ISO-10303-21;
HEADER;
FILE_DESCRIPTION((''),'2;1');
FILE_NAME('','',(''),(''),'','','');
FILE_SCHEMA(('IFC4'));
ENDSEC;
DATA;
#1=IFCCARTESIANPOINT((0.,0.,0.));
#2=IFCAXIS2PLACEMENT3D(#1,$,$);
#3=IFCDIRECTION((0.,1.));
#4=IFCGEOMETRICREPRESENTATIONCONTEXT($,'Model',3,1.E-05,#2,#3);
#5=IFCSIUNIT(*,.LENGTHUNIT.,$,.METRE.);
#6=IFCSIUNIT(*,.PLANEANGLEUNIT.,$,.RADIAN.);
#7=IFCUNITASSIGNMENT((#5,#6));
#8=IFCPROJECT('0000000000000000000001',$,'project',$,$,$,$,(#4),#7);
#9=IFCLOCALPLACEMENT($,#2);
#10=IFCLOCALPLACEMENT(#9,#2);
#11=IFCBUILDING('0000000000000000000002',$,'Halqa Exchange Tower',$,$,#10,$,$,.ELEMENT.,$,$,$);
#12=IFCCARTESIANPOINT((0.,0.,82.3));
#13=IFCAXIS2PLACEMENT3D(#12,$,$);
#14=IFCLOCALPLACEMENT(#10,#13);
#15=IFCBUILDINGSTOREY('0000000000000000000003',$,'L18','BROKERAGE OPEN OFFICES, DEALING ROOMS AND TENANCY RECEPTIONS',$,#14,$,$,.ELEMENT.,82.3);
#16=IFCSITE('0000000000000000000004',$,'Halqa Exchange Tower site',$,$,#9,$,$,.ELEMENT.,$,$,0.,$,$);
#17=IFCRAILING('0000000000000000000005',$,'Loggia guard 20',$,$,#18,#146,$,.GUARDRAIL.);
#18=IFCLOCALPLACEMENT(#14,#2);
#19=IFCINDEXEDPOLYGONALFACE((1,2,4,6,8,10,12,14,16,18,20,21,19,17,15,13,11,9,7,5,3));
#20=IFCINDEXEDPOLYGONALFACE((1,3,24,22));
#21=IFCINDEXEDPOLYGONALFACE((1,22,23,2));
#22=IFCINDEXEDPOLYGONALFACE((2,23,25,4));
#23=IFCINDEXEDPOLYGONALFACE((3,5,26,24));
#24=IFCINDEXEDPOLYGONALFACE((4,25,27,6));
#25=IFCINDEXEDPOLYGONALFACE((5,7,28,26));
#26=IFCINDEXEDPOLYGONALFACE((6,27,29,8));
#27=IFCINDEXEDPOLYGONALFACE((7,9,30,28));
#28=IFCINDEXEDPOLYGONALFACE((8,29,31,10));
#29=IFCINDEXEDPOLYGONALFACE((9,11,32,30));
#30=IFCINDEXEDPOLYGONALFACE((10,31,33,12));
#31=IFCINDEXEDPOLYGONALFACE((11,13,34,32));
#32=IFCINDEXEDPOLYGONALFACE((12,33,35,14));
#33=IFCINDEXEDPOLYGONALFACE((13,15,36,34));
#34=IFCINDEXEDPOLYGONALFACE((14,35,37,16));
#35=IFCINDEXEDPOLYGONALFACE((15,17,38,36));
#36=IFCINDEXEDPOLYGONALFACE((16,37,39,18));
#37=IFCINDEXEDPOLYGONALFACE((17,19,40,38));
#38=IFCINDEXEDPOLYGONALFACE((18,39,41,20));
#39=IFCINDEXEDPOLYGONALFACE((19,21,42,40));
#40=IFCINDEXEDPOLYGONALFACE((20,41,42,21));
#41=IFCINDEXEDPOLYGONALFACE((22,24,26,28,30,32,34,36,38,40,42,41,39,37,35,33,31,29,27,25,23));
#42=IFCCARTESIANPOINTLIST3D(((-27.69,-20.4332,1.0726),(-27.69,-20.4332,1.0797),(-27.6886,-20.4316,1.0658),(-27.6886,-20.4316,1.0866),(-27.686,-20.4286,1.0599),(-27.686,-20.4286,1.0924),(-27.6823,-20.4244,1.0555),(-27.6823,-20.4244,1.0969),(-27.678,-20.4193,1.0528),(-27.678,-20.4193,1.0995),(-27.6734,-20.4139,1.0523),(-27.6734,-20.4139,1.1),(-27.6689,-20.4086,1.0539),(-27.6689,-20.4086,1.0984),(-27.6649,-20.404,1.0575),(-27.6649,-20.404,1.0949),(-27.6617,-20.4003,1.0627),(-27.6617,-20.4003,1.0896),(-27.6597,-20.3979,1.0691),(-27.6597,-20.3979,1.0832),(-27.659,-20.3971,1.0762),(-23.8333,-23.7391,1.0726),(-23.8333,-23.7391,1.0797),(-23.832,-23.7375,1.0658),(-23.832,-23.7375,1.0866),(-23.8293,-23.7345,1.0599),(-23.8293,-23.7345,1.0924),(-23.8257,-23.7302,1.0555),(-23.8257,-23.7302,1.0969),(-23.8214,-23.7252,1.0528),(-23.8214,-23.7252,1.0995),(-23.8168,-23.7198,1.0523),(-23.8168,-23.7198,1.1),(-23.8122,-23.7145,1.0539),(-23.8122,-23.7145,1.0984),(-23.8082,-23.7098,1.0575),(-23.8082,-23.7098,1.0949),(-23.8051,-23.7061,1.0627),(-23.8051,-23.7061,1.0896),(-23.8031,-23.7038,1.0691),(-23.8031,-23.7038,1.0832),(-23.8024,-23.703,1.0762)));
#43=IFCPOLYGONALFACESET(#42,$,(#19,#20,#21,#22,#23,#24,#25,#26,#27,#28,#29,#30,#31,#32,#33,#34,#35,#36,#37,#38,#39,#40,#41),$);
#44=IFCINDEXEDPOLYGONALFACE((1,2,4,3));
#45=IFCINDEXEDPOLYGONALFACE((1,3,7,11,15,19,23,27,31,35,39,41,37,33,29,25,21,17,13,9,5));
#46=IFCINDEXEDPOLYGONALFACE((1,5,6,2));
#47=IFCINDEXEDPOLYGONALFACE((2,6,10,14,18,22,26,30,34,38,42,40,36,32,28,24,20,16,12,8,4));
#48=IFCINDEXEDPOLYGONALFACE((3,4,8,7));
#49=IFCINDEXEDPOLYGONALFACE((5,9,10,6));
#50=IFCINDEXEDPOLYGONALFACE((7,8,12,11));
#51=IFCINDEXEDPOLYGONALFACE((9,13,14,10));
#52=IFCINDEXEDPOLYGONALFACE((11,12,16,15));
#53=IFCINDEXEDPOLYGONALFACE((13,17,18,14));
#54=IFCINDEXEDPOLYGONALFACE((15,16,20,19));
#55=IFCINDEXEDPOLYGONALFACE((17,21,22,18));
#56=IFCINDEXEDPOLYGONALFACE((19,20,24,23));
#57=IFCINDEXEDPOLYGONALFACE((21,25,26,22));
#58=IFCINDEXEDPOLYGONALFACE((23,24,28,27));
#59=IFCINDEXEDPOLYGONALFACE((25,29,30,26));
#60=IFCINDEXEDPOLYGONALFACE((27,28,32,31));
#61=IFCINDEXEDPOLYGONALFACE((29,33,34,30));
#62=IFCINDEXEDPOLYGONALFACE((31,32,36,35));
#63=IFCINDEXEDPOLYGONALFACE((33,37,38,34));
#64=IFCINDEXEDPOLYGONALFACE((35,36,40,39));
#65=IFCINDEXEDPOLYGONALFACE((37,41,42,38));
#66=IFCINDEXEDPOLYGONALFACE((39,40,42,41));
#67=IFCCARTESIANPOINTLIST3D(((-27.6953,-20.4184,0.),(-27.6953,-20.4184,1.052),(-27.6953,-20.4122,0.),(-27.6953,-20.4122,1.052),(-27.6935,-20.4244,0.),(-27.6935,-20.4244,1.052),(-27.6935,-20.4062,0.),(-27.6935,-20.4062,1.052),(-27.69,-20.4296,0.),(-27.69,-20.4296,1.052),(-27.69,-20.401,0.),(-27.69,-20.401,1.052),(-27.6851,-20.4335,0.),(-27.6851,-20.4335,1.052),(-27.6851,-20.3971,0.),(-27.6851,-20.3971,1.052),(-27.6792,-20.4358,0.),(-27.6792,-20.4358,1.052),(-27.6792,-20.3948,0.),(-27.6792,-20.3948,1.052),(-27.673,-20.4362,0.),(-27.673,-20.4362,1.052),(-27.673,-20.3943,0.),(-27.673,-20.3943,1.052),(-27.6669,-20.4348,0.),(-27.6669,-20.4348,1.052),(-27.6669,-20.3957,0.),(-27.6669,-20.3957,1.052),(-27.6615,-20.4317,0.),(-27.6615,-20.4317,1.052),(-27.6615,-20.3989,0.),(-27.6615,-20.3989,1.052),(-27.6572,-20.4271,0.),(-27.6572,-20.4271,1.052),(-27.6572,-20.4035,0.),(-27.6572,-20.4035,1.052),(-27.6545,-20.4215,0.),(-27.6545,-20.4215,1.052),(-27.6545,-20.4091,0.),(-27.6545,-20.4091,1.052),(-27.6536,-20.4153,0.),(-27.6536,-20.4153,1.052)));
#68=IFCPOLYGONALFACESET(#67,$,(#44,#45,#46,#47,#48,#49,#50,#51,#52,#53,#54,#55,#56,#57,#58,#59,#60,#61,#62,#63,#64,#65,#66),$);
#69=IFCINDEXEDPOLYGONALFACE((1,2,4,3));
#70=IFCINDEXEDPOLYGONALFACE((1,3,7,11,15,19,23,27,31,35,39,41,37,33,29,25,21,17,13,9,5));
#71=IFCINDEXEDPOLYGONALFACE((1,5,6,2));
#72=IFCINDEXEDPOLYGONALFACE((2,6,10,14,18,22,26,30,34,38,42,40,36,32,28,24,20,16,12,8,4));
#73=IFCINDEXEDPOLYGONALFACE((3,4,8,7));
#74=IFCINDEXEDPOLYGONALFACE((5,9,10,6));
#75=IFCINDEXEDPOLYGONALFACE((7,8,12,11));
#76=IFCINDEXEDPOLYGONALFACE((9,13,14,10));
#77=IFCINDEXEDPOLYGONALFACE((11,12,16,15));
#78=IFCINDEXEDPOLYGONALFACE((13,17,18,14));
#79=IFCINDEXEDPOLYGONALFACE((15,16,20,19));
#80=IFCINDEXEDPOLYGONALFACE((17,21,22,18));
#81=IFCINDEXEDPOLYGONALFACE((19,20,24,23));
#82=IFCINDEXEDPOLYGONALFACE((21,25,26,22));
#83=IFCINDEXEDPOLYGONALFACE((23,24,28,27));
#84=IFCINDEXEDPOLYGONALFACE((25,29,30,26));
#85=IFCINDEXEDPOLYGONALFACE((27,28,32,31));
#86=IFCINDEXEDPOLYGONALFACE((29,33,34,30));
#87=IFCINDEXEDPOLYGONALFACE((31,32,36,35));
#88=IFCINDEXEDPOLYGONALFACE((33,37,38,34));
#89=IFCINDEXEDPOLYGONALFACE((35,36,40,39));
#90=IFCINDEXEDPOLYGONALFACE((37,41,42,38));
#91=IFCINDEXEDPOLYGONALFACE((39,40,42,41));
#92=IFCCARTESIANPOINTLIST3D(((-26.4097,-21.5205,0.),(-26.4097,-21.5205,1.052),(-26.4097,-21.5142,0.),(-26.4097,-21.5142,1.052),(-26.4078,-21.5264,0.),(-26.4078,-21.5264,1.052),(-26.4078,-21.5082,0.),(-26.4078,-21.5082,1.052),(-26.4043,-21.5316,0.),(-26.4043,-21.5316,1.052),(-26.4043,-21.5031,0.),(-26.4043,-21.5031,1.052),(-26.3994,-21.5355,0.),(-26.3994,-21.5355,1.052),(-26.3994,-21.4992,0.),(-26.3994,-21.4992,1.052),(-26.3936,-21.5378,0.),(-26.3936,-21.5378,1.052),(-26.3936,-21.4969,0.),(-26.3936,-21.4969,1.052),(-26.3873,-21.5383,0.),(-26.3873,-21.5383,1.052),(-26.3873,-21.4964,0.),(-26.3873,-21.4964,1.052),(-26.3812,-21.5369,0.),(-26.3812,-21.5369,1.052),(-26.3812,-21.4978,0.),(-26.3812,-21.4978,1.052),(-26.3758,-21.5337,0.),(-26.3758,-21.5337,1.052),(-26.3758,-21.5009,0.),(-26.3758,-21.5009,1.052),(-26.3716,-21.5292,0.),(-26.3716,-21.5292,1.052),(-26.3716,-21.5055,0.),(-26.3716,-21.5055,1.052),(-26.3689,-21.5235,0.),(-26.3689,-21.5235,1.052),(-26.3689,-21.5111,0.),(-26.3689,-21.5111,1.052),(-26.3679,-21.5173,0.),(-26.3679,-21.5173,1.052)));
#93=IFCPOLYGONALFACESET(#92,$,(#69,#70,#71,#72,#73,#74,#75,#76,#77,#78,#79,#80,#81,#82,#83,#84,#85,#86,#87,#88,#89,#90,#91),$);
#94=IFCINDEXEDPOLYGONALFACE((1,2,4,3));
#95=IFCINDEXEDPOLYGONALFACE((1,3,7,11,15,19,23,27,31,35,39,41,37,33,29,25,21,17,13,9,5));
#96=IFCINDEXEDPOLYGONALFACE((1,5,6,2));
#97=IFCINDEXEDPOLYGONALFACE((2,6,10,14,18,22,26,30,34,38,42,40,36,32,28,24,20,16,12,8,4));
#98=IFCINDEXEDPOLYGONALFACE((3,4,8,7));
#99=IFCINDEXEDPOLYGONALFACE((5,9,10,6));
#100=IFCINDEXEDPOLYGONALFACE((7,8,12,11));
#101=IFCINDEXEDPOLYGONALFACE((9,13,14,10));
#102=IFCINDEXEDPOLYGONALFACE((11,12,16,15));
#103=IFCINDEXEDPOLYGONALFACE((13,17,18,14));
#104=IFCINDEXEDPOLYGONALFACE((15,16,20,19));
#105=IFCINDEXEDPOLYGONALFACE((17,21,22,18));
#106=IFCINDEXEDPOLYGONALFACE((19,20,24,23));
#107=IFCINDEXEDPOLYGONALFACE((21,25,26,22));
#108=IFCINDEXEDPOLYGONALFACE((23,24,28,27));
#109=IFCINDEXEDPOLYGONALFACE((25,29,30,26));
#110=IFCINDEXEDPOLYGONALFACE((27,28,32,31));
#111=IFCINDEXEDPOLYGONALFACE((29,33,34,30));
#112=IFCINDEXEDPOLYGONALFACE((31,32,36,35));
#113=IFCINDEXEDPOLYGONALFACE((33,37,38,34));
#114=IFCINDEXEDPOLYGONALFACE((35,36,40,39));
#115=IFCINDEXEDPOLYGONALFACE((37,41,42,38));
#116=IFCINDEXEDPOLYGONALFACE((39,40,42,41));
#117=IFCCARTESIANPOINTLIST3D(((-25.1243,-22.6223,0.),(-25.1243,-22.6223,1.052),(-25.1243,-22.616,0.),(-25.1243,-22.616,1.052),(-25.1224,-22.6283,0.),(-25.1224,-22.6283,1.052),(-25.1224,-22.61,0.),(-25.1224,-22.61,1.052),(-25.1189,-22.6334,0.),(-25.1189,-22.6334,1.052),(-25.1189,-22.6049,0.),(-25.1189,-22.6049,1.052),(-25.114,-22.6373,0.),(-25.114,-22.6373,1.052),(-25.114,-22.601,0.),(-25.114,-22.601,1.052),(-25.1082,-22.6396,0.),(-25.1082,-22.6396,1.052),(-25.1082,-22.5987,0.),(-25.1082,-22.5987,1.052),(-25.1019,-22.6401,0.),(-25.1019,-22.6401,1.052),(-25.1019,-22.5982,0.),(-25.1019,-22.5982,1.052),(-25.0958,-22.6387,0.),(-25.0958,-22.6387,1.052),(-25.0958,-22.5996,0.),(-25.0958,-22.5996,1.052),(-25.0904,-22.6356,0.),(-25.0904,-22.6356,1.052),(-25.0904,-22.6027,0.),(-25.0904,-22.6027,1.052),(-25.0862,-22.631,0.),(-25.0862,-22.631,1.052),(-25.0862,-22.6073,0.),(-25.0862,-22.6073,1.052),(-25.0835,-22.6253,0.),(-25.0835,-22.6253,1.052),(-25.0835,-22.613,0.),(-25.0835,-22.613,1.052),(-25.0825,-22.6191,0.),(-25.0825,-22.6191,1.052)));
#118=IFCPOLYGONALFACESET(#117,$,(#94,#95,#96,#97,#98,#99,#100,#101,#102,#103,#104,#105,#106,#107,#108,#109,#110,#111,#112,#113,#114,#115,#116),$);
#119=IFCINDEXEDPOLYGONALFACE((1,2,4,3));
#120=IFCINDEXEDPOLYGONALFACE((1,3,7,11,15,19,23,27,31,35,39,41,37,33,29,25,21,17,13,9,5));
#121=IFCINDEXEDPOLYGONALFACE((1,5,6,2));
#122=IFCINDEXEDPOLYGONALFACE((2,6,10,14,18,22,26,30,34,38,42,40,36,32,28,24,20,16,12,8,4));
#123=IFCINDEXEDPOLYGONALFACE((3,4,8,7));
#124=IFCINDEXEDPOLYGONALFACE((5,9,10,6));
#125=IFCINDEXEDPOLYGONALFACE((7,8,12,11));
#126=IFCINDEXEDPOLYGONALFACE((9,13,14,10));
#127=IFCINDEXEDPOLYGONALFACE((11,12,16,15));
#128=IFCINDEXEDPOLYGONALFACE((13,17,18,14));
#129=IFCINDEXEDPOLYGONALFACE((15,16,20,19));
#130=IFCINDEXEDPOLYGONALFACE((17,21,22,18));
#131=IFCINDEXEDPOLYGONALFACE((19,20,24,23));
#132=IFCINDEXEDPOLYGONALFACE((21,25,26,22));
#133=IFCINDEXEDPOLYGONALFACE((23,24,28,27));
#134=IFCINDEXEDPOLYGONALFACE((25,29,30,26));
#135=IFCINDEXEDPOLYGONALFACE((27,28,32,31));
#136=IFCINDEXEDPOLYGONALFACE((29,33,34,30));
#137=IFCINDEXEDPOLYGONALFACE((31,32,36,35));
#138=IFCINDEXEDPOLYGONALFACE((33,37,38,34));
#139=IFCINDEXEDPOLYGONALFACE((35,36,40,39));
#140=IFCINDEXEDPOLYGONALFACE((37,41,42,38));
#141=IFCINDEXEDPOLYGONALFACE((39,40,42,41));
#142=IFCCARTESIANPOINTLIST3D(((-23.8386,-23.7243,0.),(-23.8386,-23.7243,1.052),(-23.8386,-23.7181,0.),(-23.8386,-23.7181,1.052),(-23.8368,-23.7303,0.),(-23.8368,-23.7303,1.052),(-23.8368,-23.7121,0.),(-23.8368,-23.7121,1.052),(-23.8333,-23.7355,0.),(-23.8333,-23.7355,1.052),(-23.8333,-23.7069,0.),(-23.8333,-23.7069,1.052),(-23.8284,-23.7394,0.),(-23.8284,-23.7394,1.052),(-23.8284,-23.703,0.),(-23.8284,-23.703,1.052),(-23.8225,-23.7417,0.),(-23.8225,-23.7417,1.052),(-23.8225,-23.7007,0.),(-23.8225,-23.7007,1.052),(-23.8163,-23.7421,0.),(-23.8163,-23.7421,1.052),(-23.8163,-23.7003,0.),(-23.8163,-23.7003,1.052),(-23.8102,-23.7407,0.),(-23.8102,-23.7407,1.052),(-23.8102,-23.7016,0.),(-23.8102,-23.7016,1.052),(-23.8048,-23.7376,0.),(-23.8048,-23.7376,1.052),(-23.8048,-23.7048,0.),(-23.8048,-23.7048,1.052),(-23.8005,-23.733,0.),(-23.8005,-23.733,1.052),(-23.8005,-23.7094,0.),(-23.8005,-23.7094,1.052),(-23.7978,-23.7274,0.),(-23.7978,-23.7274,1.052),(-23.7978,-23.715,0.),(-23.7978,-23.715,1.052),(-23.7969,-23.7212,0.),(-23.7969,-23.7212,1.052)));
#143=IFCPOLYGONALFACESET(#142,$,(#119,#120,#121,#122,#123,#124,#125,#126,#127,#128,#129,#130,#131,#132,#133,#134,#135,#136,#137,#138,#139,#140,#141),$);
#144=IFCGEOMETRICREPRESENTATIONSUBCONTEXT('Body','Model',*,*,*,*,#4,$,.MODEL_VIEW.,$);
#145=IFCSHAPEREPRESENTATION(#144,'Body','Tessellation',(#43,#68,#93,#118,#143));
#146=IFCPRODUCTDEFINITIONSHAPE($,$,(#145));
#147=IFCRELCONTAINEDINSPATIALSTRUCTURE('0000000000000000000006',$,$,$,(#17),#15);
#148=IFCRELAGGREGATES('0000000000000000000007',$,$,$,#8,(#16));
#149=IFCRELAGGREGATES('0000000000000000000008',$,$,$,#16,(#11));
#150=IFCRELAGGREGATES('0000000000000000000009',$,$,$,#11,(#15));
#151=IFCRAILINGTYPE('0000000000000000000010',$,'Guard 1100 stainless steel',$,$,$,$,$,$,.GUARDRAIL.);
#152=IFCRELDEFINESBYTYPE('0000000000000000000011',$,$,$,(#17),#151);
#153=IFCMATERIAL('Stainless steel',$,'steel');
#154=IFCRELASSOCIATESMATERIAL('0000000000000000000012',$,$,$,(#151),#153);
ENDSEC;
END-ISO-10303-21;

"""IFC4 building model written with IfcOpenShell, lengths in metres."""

from ifc_helpers import new_model, si_unit, direction, frame, origin, origin_2d, place, context, subcontext, project, spatial, circle, extrude, material, type_object, element, save


model = new_model("IFC4")

# Units and contexts
model_context = context("Model", 3, precision=1e-05, world=origin(), true_north=direction((0.0, 1.0)))
body_context = subcontext(model_context, "Body", "Model", "MODEL_VIEW")
ifc_project = project(units=[si_unit("LENGTHUNIT", "METRE"), si_unit("PLANEANGLEUNIT", "RADIAN")], contexts=[model_context])

# Site, building, storey
site_placement = place(None, origin())
site = spatial("IfcSite", under=ifc_project, at=site_placement, Name="Halqa Exchange Tower site", CompositionType="ELEMENT", RefElevation=0.0)
building_placement = place(site_placement, origin())
building = spatial("IfcBuilding", under=site, at=building_placement, Name="Halqa Exchange Tower", CompositionType="ELEMENT")
storey_placement = place(building_placement, frame((0.0, 0.0, 82.3)))
storey = spatial("IfcBuildingStorey", under=building, at=storey_placement, Name="L18", Description="BROKERAGE OPEN OFFICES, DEALING ROOMS AND TENANCY RECEPTIONS", CompositionType="ELEMENT", Elevation=82.3)

# Railing
ifc_material_1 = material(Name="Stainless steel", Category="steel")
railing_type = type_object("IfcRailingType", Name="Guard 1100 stainless steel", PredefinedType="GUARDRAIL", material=ifc_material_1)
railing_1_placement = place(storey_placement, frame((-27.6746, -20.4153, 0.0)))
element("IfcRailing", 1, at=railing_1_placement, inside=storey, type_object=railing_type, Name="Loggia guard 20", PredefinedType="GUARDRAIL", context=body_context, shape_type="SweptSolid", body=[
    extrude(circle(Radius=0.0239, at=origin_2d()), frame((0.0, 0.0, 1.0762), z_axis=(0.75924, -0.650811, 0.0), x_axis=(0.650811, 0.75924, 0.0)), (0.0, 0.0, 1.0), 5.0796),
    extrude(circle(Radius=0.021, at=origin_2d()), origin(), (0.0, 0.0, 1.0), 1.052),
    extrude(circle(Radius=0.021, at=origin_2d()), frame((1.2856, -1.1021, 0.0)), (0.0, 0.0, 1.0), 1.052),
    extrude(circle(Radius=0.021, at=origin_2d()), frame((2.571, -2.2039, 0.0)), (0.0, 0.0, 1.0), 1.052),
    extrude(circle(Radius=0.021, at=origin_2d()), frame((3.8567, -3.3059, 0.0)), (0.0, 0.0, 1.0), 1.052),
])

save(model, "model.ifc")
